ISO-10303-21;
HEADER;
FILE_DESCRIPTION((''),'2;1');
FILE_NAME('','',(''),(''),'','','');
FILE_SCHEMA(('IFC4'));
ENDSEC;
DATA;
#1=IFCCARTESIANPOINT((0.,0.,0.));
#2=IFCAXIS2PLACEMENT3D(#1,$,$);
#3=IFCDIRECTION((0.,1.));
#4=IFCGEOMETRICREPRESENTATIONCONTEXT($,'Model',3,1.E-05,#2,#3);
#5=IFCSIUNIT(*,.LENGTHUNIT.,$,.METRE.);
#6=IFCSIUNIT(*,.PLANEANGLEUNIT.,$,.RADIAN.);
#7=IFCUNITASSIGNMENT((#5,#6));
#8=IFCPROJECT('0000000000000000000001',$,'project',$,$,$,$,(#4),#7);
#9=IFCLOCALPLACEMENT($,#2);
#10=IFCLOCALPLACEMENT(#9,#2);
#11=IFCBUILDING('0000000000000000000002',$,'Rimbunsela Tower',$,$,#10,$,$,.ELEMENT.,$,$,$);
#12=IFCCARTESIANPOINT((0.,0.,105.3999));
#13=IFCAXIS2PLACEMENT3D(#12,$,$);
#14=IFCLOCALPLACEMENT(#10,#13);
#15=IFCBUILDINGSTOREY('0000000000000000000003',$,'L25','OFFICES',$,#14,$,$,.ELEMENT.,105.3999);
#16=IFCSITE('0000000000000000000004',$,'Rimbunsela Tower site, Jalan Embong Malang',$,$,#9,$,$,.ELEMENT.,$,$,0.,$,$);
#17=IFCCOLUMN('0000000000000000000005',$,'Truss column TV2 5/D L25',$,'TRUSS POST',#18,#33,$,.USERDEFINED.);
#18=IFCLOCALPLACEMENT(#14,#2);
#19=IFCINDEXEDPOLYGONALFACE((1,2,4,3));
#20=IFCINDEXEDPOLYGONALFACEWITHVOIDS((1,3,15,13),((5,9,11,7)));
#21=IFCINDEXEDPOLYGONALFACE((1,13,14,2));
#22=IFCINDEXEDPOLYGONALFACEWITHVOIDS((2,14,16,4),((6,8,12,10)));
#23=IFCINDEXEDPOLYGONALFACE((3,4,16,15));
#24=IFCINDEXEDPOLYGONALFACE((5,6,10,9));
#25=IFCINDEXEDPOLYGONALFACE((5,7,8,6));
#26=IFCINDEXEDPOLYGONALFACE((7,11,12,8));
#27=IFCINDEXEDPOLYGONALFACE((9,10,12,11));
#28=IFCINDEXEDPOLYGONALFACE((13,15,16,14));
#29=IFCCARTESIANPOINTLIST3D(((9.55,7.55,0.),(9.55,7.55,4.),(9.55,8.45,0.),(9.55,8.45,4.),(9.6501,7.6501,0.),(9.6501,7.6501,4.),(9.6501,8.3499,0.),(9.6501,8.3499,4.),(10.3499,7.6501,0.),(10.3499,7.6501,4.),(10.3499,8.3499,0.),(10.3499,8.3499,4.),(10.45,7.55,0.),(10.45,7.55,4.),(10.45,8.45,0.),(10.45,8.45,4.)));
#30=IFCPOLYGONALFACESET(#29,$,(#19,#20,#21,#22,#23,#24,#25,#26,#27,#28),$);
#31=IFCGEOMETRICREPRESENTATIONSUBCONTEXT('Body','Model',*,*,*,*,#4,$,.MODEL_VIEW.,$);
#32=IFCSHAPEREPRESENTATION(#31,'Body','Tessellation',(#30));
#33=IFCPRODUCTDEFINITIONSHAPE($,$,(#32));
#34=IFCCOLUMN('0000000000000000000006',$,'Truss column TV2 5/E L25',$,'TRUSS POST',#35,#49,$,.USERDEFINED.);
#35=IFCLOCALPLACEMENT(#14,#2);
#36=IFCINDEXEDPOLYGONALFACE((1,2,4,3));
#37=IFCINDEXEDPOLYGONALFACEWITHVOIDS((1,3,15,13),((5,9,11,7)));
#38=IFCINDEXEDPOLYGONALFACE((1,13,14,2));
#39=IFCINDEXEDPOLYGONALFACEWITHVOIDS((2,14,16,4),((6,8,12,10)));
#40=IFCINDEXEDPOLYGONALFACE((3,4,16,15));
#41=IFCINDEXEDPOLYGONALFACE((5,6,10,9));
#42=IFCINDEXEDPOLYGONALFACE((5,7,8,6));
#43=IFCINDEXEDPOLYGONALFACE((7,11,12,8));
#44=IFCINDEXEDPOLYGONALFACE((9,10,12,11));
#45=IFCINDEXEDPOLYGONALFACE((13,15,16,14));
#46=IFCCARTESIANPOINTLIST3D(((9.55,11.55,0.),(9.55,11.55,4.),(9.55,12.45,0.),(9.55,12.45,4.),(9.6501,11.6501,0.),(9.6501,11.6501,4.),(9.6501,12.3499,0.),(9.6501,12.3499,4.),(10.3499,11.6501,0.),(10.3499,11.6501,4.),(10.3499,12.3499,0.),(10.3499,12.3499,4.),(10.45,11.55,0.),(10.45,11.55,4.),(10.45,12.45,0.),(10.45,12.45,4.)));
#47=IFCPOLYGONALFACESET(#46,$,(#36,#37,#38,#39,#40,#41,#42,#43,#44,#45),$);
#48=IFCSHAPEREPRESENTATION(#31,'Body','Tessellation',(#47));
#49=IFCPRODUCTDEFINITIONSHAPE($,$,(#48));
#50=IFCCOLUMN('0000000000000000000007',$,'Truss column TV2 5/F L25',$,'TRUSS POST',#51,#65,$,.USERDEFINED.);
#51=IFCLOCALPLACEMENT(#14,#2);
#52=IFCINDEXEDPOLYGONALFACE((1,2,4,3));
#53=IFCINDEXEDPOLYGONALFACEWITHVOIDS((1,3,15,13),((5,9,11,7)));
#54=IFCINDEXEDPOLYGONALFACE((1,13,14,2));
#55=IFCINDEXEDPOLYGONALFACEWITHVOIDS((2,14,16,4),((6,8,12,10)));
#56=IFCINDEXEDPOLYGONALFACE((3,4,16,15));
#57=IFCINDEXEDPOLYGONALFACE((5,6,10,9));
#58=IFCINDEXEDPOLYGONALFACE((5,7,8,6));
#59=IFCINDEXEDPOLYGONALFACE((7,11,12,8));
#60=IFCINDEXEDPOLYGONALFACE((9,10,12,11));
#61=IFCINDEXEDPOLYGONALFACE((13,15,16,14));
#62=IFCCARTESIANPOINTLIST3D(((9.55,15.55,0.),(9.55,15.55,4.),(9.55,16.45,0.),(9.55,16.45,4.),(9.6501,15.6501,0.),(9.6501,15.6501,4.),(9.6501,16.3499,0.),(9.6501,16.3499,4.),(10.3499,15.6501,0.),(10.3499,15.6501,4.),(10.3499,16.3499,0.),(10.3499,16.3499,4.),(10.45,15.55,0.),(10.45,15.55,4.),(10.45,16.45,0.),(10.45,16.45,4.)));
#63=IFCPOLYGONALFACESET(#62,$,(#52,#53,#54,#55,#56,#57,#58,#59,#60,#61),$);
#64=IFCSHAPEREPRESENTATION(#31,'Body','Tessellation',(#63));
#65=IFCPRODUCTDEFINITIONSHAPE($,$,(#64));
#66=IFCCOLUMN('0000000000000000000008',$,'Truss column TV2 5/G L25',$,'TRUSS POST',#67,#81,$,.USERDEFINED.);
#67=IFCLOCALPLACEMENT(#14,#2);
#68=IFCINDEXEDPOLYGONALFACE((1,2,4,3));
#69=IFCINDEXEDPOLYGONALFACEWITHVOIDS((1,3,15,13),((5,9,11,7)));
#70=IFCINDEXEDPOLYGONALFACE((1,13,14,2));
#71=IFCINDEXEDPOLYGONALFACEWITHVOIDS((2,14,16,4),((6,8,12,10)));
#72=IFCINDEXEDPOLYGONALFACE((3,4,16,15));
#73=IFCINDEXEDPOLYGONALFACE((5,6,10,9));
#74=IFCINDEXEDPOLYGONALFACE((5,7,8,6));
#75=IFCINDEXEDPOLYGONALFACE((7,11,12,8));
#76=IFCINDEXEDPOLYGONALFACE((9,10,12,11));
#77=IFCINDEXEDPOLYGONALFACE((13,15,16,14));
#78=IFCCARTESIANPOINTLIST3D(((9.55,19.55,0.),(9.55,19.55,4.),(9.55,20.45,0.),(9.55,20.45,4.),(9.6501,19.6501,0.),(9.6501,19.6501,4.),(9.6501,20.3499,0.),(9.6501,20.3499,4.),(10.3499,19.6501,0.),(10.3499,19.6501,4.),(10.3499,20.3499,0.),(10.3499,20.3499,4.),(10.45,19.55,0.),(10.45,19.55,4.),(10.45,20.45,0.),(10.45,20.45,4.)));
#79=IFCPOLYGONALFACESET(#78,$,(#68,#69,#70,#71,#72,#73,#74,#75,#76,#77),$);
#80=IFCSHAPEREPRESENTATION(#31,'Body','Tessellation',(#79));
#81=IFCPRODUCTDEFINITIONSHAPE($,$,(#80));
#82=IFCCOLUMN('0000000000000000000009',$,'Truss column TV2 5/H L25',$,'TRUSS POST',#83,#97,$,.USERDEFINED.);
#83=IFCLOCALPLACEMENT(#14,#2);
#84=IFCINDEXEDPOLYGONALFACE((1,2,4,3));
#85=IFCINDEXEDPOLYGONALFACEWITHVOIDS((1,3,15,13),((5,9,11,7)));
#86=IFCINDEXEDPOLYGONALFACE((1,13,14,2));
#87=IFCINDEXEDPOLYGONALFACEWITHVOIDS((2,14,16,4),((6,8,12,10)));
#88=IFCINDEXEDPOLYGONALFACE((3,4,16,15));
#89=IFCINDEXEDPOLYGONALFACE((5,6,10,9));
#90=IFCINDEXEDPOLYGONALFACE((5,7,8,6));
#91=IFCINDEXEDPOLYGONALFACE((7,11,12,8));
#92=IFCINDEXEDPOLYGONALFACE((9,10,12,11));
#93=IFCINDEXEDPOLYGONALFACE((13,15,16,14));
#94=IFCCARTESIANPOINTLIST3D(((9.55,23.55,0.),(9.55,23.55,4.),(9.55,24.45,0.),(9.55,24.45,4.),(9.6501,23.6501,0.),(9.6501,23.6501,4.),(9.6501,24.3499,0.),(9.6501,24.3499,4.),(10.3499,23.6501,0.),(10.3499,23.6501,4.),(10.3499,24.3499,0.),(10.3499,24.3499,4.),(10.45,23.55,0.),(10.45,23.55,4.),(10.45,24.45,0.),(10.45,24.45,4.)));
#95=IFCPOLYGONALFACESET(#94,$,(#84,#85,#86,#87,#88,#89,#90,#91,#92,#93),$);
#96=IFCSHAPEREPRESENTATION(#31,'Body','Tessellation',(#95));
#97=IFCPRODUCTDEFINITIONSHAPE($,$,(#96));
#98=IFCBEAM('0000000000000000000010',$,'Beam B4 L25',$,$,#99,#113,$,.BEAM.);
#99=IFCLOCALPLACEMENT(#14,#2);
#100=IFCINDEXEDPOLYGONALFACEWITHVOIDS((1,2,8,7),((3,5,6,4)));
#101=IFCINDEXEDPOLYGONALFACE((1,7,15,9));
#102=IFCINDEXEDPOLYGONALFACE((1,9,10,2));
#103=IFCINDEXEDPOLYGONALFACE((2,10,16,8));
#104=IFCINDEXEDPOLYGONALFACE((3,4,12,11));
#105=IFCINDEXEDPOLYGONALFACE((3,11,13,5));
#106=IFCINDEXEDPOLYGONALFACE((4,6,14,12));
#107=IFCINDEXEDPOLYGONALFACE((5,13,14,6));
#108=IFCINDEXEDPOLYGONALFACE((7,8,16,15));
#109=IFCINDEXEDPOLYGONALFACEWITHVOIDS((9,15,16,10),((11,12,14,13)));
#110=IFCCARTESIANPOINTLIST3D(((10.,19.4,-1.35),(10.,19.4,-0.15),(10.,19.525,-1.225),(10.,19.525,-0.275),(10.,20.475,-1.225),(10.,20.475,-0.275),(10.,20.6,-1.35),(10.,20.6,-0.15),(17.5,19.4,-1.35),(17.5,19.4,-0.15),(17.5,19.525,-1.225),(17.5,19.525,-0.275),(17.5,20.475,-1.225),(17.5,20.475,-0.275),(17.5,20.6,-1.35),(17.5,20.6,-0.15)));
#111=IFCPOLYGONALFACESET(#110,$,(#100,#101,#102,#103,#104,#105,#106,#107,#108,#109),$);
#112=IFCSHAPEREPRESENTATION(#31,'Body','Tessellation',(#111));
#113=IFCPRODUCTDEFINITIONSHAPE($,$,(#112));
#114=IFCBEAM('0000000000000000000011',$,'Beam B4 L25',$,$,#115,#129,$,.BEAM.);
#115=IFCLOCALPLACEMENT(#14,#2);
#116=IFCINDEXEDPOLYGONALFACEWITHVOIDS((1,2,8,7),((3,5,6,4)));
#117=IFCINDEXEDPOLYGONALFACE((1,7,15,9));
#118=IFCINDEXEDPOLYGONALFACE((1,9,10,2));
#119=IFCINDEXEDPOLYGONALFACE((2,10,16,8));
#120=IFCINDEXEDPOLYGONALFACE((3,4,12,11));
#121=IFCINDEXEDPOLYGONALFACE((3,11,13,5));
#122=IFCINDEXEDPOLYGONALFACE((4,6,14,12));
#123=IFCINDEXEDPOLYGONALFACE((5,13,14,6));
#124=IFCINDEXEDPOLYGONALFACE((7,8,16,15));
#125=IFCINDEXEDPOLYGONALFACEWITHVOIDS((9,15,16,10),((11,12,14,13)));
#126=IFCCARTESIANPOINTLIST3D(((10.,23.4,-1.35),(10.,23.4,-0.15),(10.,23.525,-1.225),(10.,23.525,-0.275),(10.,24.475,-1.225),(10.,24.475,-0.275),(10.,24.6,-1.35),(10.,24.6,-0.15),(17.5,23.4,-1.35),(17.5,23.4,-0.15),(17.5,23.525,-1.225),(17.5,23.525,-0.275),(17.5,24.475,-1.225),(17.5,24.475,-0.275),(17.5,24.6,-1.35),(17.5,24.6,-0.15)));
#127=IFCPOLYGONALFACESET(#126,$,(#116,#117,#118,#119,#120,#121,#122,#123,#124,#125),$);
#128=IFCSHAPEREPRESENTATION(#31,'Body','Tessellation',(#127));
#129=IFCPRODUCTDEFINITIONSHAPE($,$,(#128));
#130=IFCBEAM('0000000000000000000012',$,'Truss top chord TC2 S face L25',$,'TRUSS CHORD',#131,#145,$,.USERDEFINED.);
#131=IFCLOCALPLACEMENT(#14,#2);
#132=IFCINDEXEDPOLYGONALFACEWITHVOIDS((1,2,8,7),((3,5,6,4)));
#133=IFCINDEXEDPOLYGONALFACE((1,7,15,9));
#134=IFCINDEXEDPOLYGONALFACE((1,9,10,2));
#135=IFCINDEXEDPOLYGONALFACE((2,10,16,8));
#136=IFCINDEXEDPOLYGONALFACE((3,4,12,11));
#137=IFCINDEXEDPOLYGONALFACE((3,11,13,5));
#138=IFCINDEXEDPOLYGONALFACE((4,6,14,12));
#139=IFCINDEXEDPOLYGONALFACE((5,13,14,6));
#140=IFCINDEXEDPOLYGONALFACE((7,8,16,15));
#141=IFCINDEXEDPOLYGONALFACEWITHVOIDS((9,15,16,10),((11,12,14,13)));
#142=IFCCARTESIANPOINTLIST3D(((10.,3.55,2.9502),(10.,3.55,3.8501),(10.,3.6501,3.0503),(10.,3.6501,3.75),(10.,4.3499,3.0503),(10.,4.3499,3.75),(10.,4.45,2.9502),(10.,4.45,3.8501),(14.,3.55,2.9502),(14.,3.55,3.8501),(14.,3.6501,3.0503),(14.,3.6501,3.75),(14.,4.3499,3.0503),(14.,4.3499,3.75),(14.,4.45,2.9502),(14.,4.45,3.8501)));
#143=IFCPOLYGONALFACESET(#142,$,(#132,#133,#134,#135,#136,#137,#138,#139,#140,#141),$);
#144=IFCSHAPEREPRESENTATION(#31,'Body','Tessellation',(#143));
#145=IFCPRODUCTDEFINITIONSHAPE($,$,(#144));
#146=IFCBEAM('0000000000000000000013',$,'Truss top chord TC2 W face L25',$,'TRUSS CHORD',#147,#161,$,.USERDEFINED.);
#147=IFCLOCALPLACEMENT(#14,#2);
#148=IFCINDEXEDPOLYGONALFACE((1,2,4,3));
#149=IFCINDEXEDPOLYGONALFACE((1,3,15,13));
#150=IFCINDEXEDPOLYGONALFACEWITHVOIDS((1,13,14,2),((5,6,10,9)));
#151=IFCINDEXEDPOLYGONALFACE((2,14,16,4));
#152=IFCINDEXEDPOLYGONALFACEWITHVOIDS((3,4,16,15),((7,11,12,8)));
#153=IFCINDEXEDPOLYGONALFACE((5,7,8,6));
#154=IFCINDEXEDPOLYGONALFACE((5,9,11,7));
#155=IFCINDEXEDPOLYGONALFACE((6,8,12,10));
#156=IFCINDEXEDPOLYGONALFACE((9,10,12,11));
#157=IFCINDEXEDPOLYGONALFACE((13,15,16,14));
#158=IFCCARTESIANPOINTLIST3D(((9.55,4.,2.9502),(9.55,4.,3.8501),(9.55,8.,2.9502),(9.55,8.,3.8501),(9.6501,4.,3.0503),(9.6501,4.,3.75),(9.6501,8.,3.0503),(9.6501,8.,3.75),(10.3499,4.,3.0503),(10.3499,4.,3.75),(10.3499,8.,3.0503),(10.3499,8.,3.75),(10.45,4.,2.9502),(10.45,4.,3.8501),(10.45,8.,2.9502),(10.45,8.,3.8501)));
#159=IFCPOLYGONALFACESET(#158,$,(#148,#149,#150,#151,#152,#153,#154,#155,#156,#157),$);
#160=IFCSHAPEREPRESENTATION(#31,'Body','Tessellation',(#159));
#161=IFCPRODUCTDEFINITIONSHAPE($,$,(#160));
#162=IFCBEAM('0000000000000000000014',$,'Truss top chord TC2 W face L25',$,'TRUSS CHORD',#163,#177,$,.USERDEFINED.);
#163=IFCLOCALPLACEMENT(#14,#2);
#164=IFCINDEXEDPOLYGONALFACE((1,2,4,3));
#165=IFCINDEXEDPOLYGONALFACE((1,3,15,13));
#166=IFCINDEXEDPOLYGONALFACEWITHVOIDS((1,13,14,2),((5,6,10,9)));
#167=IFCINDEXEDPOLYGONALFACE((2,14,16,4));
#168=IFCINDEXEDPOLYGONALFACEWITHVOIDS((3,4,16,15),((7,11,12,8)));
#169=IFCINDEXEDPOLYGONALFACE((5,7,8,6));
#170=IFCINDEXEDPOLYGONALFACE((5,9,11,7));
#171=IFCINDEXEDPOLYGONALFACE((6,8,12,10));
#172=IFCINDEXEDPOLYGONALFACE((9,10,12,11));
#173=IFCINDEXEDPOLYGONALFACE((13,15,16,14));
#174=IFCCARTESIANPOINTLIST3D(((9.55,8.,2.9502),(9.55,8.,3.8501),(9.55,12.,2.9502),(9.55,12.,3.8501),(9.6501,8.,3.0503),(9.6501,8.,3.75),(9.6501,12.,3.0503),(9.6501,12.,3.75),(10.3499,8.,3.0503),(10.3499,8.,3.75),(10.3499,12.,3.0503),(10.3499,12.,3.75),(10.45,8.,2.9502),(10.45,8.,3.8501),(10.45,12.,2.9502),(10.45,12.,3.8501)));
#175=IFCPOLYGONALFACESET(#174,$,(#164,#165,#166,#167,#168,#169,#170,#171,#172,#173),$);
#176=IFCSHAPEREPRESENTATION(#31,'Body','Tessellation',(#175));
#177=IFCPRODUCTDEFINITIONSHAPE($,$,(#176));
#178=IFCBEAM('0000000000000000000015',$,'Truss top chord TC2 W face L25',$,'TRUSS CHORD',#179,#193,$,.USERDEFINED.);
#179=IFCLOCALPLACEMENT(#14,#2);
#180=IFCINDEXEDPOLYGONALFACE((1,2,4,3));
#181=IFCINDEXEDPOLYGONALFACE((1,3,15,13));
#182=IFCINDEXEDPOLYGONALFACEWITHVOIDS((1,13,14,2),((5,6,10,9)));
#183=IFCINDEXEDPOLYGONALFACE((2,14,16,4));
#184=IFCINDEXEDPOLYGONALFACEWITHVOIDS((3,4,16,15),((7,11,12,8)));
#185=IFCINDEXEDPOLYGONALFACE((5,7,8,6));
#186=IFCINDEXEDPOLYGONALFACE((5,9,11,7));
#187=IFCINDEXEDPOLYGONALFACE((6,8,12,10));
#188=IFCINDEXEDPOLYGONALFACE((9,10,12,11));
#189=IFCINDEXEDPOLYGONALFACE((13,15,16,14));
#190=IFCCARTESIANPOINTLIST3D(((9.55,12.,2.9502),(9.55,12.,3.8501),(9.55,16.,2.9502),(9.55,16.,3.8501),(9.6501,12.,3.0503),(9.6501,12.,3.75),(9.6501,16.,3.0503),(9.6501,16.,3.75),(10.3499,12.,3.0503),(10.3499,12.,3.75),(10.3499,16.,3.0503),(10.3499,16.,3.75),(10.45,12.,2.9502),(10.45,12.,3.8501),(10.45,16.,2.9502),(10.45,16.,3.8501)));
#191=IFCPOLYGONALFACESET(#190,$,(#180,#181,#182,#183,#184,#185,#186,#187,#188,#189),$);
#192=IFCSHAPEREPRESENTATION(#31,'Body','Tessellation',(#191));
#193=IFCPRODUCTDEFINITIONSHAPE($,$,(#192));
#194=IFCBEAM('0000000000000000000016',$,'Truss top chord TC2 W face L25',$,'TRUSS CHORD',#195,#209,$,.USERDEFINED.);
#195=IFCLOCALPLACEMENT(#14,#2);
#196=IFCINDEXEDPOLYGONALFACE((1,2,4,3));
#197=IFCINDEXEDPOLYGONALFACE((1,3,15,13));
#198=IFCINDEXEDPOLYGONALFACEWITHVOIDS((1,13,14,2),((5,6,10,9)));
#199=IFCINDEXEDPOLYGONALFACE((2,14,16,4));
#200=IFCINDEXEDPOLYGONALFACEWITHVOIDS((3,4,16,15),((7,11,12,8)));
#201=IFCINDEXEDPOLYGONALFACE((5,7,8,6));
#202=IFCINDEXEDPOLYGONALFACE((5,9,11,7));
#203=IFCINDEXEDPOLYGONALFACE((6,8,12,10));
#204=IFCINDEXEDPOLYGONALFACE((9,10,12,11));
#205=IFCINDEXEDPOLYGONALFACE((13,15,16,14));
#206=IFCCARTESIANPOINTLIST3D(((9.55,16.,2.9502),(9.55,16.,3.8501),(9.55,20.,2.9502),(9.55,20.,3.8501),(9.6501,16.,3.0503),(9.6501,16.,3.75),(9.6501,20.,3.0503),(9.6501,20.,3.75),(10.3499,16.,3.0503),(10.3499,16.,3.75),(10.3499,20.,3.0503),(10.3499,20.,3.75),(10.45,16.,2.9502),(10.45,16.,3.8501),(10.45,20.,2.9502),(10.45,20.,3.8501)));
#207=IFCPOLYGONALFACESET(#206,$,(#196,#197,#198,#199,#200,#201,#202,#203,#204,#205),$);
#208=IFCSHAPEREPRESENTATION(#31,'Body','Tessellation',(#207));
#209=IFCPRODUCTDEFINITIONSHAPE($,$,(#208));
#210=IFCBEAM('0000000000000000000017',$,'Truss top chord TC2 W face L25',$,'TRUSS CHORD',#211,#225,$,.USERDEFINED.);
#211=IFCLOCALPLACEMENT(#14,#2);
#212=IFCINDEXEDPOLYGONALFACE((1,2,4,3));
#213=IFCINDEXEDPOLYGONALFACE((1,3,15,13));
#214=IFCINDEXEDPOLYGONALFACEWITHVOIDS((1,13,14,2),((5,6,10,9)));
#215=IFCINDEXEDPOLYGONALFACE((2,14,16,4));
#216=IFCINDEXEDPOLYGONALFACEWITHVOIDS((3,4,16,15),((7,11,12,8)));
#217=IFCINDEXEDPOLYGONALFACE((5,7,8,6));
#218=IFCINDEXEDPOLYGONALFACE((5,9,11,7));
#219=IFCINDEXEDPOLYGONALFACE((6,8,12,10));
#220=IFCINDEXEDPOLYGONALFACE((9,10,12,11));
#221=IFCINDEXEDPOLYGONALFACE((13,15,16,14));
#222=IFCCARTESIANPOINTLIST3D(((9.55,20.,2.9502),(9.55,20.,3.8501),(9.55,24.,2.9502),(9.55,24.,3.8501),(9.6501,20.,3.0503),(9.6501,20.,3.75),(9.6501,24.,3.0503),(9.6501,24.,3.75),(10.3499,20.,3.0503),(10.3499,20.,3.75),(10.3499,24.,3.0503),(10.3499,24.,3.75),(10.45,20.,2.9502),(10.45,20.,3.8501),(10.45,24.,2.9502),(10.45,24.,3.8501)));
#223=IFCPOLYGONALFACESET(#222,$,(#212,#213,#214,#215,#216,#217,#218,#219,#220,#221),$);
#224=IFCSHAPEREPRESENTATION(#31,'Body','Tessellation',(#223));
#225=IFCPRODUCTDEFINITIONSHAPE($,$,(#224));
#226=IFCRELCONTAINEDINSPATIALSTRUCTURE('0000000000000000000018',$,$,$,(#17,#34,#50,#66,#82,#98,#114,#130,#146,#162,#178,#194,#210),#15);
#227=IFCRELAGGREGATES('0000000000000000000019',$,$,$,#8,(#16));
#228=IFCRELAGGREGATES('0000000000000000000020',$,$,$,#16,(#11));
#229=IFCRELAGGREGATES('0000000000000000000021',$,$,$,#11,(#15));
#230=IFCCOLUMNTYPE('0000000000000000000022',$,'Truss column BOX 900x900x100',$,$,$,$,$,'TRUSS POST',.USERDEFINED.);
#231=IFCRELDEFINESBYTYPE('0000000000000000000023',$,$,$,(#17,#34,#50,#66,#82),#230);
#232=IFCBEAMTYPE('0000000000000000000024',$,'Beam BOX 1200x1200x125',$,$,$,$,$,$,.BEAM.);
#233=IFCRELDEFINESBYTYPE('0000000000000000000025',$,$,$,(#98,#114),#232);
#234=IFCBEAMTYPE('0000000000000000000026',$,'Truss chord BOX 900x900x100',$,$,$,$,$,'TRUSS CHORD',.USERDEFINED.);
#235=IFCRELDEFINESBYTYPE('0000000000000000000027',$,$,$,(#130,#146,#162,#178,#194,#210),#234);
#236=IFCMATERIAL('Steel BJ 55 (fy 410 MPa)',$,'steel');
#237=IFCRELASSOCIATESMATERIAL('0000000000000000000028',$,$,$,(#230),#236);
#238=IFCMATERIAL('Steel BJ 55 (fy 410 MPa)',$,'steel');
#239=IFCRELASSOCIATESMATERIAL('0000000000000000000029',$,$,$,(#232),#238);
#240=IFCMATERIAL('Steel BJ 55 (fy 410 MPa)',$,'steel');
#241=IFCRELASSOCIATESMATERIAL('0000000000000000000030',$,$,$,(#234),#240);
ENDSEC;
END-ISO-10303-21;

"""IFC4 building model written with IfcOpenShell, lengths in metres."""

from ifc_helpers import new_model, si_unit, direction, frame, origin, origin_2d, place, context, subcontext, project, spatial, hollow_rectangle, extrude, material, material_profile, profile_set, type_object, element, save


model = new_model("IFC4")

# Units and contexts
model_context = context("Model", 3, precision=1e-05, world=origin(), true_north=direction((0.0, 1.0)))
body_context = subcontext(model_context, "Body", "Model", "MODEL_VIEW")
ifc_project = project(units=[si_unit("LENGTHUNIT", "METRE"), si_unit("PLANEANGLEUNIT", "RADIAN")], contexts=[model_context])

# Site, building, storey
site_placement = place(None, origin())
site = spatial("IfcSite", under=ifc_project, at=site_placement, Name="Rimbunsela Tower site, Jalan Embong Malang", CompositionType="ELEMENT", RefElevation=0.0)
building_placement = place(site_placement, origin())
building = spatial("IfcBuilding", under=site, at=building_placement, Name="Rimbunsela Tower", CompositionType="ELEMENT")
storey_placement = place(building_placement, frame((0.0, 0.0, 105.3999)))
storey = spatial("IfcBuildingStorey", under=building, at=storey_placement, Name="L25", Description="OFFICES", CompositionType="ELEMENT", Elevation=105.3999)

# Columns
ifc_material_1 = material(Name="Steel BJ 55 (fy 410 MPa)", Category="steel")
ifc_material_profile_1 = material_profile(ifc_material_1, hollow_rectangle(XDim=0.8999, YDim=0.8999, WallThickness=0.1001, at=origin_2d()), Name="BOX 900x900x100")
ifc_profile_set_1 = profile_set([ifc_material_profile_1], Name="Steel BJ 55 (fy 410 MPa)")
column_type = type_object("IfcColumnType", Name="Truss column BOX 900x900x100", ElementType="TRUSS POST", PredefinedType="USERDEFINED", material=ifc_profile_set_1)
for number, where, z_axis, x_axis, name in (
    (1, (10.0, 8.0, 0.0), (0.0, 0.0, 1.0), (1.0, 0.0, 0.0), "Truss column TV2 5/D L25"),
    (2, (10.0, 12.0, 0.0), (0.0, 0.0, 1.0), (1.0, 0.0, 0.0), "Truss column TV2 5/E L25"),
    (3, (10.0, 16.0, 0.0), (0.0, 0.0, 1.0), (1.0, 0.0, 0.0), "Truss column TV2 5/F L25"),
    (4, (10.0, 20.0, 0.0), (0.0, 0.0, 1.0), (1.0, 0.0, 0.0), "Truss column TV2 5/G L25"),
    (5, (10.0, 24.0, 0.0), (0.0, 0.0, 1.0), (1.0, 0.0, 0.0), "Truss column TV2 5/H L25"),
):
    element("IfcColumn", number, at=place(storey_placement, frame(where, z_axis=z_axis, x_axis=x_axis)), inside=storey, type_object=column_type, Name=name, ObjectType="TRUSS POST", PredefinedType="USERDEFINED", context=body_context, shape_type="SweptSolid", body=[
        extrude(hollow_rectangle(XDim=0.8999, YDim=0.8999, WallThickness=0.1001, at=origin_2d()), origin(), (0.0, 0.0, 1.0), 4.0),
    ])

# Beams
ifc_material_2 = material(Name="Steel BJ 55 (fy 410 MPa)", Category="steel")
ifc_material_profile_2 = material_profile(ifc_material_2, hollow_rectangle(XDim=1.2, YDim=1.2, WallThickness=0.125, at=origin_2d()), Name="BOX 1200x1200x125")
ifc_profile_set_2 = profile_set([ifc_material_profile_2], Name="Steel BJ 55 (fy 410 MPa)")
beam_type_1 = type_object("IfcBeamType", Name="Beam BOX 1200x1200x125", PredefinedType="BEAM", material=ifc_profile_set_2)
for number, where, z_axis, x_axis, name in (
    (6, (10.0, 20.0, -0.75), (1.0, 0.0, 0.0), (0.0, 1.0, 0.0), "Beam B4 L25"),
    (7, (10.0, 24.0, -0.75), (1.0, 0.0, 0.0), (0.0, 1.0, 0.0), "Beam B4 L25"),
):
    element("IfcBeam", number, at=place(storey_placement, frame(where, z_axis=z_axis, x_axis=x_axis)), inside=storey, type_object=beam_type_1, Name=name, PredefinedType="BEAM", context=body_context, shape_type="SweptSolid", body=[
        extrude(hollow_rectangle(XDim=1.2, YDim=1.2, WallThickness=0.125, at=origin_2d()), origin(), (0.0, 0.0, 1.0), 7.5),
    ])
ifc_material_3 = material(Name="Steel BJ 55 (fy 410 MPa)", Category="steel")
ifc_material_profile_3 = material_profile(ifc_material_3, hollow_rectangle(XDim=0.8999, YDim=0.8999, WallThickness=0.1001, at=origin_2d()), Name="BOX 900x900x100")
ifc_profile_set_3 = profile_set([ifc_material_profile_3], Name="Steel BJ 55 (fy 410 MPa)")
beam_type_2 = type_object("IfcBeamType", Name="Truss chord BOX 900x900x100", ElementType="TRUSS CHORD", PredefinedType="USERDEFINED", material=ifc_profile_set_3)
for number, where, z_axis, x_axis, name in (
    (8, (10.0, 4.0, 3.4001), (1.0, 0.0, 0.0), (0.0, 1.0, 0.0), "Truss top chord TC2 S face L25"),
    (9, (10.0, 4.0, 3.4001), (0.0, 1.0, 0.0), (-1.0, 0.0, 0.0), "Truss top chord TC2 W face L25"),
    (10, (10.0, 8.0, 3.4001), (0.0, 1.0, 0.0), (-1.0, 0.0, 0.0), "Truss top chord TC2 W face L25"),
    (11, (10.0, 12.0, 3.4001), (0.0, 1.0, 0.0), (-1.0, 0.0, 0.0), "Truss top chord TC2 W face L25"),
    (12, (10.0, 16.0, 3.4001), (0.0, 1.0, 0.0), (-1.0, 0.0, 0.0), "Truss top chord TC2 W face L25"),
    (13, (10.0, 20.0, 3.4001), (0.0, 1.0, 0.0), (-1.0, 0.0, 0.0), "Truss top chord TC2 W face L25"),
):
    element("IfcBeam", number, at=place(storey_placement, frame(where, z_axis=z_axis, x_axis=x_axis)), inside=storey, type_object=beam_type_2, Name=name, ObjectType="TRUSS CHORD", PredefinedType="USERDEFINED", context=body_context, shape_type="SweptSolid", body=[
        extrude(hollow_rectangle(XDim=0.8999, YDim=0.8999, WallThickness=0.1001, at=origin_2d()), origin(), (0.0, 0.0, 1.0), 4.0),
    ])

save(model, "model.ifc")
